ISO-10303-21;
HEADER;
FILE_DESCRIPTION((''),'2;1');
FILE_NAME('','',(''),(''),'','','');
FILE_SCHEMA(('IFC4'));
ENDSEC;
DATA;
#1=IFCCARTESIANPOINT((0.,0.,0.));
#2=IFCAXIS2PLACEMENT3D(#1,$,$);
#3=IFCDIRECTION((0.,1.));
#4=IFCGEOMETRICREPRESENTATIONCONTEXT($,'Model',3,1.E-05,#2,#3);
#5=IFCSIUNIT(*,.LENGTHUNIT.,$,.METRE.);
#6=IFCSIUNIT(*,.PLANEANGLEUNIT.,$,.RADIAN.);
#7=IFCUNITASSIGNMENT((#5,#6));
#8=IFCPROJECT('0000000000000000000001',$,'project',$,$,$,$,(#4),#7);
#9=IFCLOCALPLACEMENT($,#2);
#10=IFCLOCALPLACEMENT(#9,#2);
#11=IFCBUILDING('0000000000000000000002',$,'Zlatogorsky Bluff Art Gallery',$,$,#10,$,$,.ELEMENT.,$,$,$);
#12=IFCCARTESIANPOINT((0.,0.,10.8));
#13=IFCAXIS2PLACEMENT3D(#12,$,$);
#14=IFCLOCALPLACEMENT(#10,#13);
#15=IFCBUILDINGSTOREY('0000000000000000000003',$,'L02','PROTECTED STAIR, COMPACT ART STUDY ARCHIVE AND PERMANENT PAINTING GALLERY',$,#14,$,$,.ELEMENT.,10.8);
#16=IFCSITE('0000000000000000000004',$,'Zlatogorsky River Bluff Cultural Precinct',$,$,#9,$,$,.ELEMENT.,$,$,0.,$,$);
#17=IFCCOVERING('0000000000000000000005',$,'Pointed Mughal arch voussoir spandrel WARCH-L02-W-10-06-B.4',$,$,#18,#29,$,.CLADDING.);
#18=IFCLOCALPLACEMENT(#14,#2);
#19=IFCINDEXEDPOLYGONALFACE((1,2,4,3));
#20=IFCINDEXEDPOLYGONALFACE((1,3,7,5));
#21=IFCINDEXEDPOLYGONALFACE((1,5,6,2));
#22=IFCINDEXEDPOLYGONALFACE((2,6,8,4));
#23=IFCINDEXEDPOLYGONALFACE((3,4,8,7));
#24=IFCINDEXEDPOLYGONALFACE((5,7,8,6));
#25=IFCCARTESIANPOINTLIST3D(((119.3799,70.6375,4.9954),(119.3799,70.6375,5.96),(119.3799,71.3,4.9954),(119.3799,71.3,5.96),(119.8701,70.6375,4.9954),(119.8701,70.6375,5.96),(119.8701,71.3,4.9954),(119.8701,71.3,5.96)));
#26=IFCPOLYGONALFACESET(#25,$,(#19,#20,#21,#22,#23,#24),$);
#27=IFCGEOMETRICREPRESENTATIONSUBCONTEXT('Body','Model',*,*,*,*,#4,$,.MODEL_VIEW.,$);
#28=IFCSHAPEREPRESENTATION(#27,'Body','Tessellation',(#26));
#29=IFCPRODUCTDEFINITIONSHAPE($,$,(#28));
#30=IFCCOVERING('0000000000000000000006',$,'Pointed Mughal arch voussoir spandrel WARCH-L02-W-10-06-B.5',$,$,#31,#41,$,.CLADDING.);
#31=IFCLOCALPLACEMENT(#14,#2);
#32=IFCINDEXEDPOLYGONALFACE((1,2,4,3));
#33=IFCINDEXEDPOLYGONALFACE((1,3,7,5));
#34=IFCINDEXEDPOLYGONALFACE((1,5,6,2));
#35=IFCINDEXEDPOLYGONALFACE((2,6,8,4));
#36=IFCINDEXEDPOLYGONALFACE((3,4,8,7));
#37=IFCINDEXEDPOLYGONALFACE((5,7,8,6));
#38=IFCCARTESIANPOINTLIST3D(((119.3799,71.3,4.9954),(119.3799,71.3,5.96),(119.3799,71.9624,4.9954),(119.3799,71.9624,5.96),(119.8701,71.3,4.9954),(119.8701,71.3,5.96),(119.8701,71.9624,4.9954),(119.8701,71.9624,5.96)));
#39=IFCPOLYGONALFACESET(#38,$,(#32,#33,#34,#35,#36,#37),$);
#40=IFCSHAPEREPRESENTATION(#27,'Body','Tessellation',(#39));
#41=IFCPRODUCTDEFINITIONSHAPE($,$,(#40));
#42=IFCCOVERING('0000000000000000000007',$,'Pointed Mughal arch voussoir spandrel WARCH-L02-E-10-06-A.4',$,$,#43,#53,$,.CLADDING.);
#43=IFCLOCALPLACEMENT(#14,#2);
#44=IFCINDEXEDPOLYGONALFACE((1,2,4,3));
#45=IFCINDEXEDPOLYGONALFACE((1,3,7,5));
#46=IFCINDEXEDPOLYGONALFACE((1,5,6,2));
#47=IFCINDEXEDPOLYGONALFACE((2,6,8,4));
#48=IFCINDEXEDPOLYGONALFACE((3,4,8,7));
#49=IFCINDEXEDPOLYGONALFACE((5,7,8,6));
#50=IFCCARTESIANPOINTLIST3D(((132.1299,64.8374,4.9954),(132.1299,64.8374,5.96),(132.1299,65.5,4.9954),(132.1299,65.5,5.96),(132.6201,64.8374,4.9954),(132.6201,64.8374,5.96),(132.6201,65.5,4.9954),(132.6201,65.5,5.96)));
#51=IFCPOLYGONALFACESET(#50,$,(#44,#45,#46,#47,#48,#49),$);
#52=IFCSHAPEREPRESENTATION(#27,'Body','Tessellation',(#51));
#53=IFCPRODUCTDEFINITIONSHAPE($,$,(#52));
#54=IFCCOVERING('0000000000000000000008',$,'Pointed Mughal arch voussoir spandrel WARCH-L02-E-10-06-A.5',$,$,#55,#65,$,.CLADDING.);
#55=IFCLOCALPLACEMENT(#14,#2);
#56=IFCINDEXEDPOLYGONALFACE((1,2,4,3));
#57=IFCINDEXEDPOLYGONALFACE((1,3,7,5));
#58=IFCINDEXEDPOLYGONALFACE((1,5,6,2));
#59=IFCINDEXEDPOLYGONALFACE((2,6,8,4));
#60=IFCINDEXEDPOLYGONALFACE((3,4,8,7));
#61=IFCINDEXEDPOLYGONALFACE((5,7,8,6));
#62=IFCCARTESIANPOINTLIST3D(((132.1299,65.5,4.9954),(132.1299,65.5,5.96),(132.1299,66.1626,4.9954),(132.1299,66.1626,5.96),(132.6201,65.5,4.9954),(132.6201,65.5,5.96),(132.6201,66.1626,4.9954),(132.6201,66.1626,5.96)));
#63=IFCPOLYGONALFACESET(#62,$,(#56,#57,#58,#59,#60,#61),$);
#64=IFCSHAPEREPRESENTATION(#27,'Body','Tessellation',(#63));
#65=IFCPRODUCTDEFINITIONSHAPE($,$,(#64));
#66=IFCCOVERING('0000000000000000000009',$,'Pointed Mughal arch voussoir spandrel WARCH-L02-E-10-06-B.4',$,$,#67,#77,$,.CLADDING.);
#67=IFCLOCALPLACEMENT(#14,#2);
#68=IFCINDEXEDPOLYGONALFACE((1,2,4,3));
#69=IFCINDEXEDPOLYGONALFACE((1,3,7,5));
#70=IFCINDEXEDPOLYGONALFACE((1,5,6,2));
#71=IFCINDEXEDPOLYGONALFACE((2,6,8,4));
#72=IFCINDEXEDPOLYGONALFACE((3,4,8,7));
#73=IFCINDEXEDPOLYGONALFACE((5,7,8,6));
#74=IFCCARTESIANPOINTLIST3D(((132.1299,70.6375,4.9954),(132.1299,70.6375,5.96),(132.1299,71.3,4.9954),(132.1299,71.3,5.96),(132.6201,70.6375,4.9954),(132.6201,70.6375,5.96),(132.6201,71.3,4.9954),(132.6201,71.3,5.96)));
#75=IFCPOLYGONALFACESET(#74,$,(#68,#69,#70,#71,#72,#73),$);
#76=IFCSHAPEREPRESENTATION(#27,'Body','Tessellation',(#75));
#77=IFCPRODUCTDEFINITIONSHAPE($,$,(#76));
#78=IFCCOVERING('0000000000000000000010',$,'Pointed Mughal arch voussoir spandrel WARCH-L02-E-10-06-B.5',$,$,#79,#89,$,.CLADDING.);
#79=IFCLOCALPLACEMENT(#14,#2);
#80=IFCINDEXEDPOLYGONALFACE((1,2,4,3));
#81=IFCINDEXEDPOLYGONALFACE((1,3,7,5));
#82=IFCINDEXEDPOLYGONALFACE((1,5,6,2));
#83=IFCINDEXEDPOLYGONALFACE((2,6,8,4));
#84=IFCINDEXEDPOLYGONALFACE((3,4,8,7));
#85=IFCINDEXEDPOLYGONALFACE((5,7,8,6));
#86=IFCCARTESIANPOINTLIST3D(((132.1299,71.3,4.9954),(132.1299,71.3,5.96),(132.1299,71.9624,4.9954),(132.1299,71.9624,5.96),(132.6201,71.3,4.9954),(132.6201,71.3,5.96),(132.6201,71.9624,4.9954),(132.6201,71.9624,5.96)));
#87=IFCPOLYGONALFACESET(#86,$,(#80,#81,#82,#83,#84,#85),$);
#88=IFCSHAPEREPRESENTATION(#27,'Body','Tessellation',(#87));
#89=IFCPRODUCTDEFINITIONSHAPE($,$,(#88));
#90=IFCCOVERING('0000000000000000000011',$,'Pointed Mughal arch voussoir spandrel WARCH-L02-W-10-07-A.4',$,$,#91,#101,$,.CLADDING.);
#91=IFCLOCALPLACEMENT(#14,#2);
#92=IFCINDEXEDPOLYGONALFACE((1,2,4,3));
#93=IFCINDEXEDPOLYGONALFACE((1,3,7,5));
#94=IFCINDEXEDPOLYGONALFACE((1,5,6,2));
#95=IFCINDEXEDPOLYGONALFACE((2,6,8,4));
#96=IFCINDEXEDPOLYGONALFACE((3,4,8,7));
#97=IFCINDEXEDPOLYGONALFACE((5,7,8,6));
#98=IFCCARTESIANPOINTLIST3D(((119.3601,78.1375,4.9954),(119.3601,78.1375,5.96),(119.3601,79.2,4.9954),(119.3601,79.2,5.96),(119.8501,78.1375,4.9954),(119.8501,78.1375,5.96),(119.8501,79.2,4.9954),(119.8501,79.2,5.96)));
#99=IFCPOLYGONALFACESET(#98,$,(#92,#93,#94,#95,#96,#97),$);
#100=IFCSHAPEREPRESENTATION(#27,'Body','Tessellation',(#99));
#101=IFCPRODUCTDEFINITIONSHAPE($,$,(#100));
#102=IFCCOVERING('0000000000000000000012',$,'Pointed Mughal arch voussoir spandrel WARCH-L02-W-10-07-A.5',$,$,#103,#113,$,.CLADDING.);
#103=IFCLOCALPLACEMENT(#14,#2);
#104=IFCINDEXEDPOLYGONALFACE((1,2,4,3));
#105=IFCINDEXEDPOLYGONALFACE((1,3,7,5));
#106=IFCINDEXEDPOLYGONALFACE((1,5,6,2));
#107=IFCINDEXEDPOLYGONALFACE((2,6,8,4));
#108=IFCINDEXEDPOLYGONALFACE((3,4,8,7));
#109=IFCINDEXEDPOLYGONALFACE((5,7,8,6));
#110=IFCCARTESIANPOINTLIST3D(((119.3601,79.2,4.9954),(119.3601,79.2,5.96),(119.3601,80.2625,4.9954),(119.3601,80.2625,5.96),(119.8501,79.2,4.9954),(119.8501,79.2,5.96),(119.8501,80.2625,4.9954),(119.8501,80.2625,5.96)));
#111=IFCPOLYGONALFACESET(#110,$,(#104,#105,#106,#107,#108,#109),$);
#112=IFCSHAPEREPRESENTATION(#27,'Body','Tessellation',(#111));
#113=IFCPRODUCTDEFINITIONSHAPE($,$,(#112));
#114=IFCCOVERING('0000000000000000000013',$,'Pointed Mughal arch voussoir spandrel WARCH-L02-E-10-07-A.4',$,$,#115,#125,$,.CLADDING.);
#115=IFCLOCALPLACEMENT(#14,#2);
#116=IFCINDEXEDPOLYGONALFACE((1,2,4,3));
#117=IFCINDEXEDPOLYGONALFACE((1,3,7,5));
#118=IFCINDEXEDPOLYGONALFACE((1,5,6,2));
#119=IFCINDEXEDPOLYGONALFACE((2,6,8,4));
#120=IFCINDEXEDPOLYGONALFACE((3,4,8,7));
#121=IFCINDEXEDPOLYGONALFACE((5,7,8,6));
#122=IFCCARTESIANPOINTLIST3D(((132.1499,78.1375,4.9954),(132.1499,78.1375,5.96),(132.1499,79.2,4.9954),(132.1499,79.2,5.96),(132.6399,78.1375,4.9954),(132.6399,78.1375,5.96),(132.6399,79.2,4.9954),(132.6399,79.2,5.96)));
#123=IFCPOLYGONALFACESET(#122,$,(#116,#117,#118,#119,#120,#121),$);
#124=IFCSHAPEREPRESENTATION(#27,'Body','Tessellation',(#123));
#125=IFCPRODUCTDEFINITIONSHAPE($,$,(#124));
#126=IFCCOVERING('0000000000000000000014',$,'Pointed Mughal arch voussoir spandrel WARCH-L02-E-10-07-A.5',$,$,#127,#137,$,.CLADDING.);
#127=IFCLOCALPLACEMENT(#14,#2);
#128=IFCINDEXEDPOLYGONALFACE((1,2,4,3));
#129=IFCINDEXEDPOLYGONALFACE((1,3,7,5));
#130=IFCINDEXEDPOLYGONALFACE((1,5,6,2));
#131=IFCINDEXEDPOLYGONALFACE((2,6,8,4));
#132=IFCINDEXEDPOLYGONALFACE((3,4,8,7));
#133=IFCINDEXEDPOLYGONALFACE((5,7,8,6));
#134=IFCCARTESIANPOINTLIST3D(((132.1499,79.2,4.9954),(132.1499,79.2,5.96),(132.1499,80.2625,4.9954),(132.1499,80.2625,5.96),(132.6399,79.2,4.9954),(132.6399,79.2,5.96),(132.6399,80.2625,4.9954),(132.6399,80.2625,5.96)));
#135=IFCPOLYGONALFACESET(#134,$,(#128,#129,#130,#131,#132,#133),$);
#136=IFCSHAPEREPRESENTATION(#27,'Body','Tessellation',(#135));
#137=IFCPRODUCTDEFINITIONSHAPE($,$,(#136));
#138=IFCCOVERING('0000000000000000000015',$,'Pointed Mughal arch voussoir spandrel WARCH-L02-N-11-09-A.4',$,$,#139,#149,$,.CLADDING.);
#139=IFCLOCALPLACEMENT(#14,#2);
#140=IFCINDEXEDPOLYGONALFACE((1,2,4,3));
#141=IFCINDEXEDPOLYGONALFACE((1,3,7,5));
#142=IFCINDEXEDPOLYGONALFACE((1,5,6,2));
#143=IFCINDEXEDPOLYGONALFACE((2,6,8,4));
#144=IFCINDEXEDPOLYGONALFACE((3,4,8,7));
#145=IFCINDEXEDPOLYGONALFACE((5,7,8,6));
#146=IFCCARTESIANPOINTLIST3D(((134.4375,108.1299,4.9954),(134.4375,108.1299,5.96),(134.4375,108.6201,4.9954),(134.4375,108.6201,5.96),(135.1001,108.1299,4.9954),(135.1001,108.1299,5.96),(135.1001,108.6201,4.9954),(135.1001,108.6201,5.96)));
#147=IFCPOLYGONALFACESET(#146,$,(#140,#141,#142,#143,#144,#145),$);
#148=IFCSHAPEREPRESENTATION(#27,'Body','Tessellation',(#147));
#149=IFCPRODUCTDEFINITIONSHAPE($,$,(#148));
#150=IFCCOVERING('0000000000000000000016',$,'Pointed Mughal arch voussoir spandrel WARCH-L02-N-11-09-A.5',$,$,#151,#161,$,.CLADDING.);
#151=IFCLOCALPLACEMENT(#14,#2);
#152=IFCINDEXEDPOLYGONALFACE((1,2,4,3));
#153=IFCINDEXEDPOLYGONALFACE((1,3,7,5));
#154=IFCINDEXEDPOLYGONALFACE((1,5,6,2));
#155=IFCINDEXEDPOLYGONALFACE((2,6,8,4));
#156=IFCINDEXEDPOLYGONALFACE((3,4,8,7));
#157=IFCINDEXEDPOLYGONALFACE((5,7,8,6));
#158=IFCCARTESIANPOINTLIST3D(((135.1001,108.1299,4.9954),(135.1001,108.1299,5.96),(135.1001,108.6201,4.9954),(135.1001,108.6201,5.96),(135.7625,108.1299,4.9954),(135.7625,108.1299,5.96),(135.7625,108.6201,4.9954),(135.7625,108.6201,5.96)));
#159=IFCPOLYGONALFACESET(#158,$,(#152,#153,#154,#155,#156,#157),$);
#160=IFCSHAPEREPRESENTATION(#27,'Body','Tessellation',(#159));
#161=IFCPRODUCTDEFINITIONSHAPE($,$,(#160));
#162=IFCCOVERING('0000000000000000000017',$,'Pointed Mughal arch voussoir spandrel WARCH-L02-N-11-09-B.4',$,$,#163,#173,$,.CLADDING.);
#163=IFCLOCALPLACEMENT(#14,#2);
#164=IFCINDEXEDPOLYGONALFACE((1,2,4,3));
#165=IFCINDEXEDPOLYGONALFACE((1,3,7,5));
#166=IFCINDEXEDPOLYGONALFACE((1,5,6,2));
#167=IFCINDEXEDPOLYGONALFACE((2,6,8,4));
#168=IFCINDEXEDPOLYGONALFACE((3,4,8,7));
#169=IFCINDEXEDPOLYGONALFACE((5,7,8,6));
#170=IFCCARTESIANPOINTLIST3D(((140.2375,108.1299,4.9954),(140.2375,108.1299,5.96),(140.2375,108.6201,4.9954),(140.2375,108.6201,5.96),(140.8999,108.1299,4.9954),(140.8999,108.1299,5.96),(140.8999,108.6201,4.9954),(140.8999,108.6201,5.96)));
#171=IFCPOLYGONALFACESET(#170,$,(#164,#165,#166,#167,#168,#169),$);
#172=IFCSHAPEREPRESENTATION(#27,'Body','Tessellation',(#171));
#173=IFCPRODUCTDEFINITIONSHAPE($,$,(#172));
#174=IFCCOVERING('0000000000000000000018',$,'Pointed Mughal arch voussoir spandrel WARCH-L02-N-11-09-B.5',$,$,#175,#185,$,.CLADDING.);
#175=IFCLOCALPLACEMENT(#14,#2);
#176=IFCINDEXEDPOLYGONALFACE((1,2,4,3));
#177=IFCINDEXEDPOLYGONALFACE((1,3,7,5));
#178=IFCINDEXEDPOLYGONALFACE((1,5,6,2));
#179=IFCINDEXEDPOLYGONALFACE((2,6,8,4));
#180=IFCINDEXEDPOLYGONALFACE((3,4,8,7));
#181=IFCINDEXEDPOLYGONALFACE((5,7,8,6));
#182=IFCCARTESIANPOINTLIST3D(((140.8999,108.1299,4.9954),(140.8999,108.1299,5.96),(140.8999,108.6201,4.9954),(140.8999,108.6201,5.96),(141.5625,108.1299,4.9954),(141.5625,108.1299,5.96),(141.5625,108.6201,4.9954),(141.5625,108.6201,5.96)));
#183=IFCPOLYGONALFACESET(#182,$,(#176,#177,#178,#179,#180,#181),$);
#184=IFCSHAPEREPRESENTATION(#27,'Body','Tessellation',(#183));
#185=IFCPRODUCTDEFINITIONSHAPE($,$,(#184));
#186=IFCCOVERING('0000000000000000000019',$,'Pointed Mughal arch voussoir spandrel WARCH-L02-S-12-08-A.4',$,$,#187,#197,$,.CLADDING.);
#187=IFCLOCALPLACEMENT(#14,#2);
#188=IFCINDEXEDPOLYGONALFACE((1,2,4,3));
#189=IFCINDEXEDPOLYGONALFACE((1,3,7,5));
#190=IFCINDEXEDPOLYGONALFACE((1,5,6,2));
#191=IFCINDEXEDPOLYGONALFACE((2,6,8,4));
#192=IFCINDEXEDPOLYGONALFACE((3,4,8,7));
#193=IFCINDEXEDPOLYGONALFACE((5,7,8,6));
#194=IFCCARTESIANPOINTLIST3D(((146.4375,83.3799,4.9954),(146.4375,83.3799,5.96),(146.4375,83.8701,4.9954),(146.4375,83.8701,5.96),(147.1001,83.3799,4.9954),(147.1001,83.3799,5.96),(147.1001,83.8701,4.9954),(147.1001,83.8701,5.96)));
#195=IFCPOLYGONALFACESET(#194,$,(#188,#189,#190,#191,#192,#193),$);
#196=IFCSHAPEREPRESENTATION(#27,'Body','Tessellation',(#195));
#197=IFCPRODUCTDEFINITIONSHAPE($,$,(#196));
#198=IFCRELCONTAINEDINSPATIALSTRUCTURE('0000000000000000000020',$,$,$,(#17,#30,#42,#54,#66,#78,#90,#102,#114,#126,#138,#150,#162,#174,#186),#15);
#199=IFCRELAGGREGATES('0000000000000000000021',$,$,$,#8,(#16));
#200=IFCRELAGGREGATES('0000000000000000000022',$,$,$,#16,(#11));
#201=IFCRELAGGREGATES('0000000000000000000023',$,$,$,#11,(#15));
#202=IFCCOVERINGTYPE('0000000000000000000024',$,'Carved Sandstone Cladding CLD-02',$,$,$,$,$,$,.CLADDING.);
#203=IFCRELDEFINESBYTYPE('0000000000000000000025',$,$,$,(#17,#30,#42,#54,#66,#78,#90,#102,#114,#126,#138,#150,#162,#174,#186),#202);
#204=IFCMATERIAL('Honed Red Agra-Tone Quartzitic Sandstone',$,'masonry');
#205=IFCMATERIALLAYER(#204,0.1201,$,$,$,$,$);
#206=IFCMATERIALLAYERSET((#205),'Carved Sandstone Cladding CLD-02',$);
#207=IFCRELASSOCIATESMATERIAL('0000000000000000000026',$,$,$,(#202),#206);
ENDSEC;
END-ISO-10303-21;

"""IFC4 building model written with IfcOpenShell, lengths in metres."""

from ifc_helpers import new_model, si_unit, direction, frame, origin, place, context, subcontext, project, spatial, polyline, outline, extrude, material, layer, layer_set, type_object, element, save


model = new_model("IFC4")

# Units and contexts
model_context = context("Model", 3, precision=1e-05, world=origin(), true_north=direction((0.0, 1.0)))
body_context = subcontext(model_context, "Body", "Model", "MODEL_VIEW")
ifc_project = project(units=[si_unit("LENGTHUNIT", "METRE"), si_unit("PLANEANGLEUNIT", "RADIAN")], contexts=[model_context])

# Site, building, storey
site_placement = place(None, origin())
site = spatial("IfcSite", under=ifc_project, at=site_placement, Name="Zlatogorsky River Bluff Cultural Precinct", CompositionType="ELEMENT", RefElevation=0.0)
building_placement = place(site_placement, origin())
building = spatial("IfcBuilding", under=site, at=building_placement, Name="Zlatogorsky Bluff Art Gallery", CompositionType="ELEMENT")
storey_placement = place(building_placement, frame((0.0, 0.0, 10.8)))
storey = spatial("IfcBuildingStorey", under=building, at=storey_placement, Name="L02", Description="PROTECTED STAIR, COMPACT ART STUDY ARCHIVE AND PERMANENT PAINTING GALLERY", CompositionType="ELEMENT", Elevation=10.8)

# Coverings
ifc_material = material(Name="Honed Red Agra-Tone Quartzitic Sandstone", Category="masonry")
ifc_layer = layer(ifc_material, 0.1201)
ifc_layer_set = layer_set([ifc_layer], Name="Carved Sandstone Cladding CLD-02")
covering_type = type_object("IfcCoveringType", Name="Carved Sandstone Cladding CLD-02", PredefinedType="CLADDING", material=ifc_layer_set)
covering_1_placement = place(storey_placement, frame((0.0, 0.0, 4.9954)))
element("IfcCovering", 1, at=covering_1_placement, inside=storey, type_object=covering_type, Name="Pointed Mughal arch voussoir spandrel WARCH-L02-W-10-06-B.4", PredefinedType="CLADDING", context=body_context, shape_type="SweptSolid", body=[
    extrude(outline(polyline([(119.3799, 70.6375), (119.3799, 71.3), (119.8701, 71.3), (119.8701, 70.6375), (119.3799, 70.6375)])), origin(), (0.0, 0.0, 1.0), 0.9646),
])
covering_2_placement = place(storey_placement, frame((0.0, 0.0, 4.9954)))
element("IfcCovering", 2, at=covering_2_placement, inside=storey, type_object=covering_type, Name="Pointed Mughal arch voussoir spandrel WARCH-L02-W-10-06-B.5", PredefinedType="CLADDING", context=body_context, shape_type="SweptSolid", body=[
    extrude(outline(polyline([(119.3799, 71.3), (119.3799, 71.9624), (119.8701, 71.9624), (119.8701, 71.3), (119.3799, 71.3)])), origin(), (0.0, 0.0, 1.0), 0.9646),
])
covering_3_placement = place(storey_placement, frame((0.0, 0.0, 4.9954)))
element("IfcCovering", 3, at=covering_3_placement, inside=storey, type_object=covering_type, Name="Pointed Mughal arch voussoir spandrel WARCH-L02-E-10-06-A.4", PredefinedType="CLADDING", context=body_context, shape_type="SweptSolid", body=[
    extrude(outline(polyline([(132.1299, 64.8374), (132.1299, 65.5), (132.6201, 65.5), (132.6201, 64.8374), (132.1299, 64.8374)])), origin(), (0.0, 0.0, 1.0), 0.9646),
])
covering_4_placement = place(storey_placement, frame((0.0, 0.0, 4.9954)))
element("IfcCovering", 4, at=covering_4_placement, inside=storey, type_object=covering_type, Name="Pointed Mughal arch voussoir spandrel WARCH-L02-E-10-06-A.5", PredefinedType="CLADDING", context=body_context, shape_type="SweptSolid", body=[
    extrude(outline(polyline([(132.1299, 65.5), (132.1299, 66.1626), (132.6201, 66.1626), (132.6201, 65.5), (132.1299, 65.5)])), origin(), (0.0, 0.0, 1.0), 0.9646),
])
covering_5_placement = place(storey_placement, frame((0.0, 0.0, 4.9954)))
element("IfcCovering", 5, at=covering_5_placement, inside=storey, type_object=covering_type, Name="Pointed Mughal arch voussoir spandrel WARCH-L02-E-10-06-B.4", PredefinedType="CLADDING", context=body_context, shape_type="SweptSolid", body=[
    extrude(outline(polyline([(132.1299, 70.6375), (132.1299, 71.3), (132.6201, 71.3), (132.6201, 70.6375), (132.1299, 70.6375)])), origin(), (0.0, 0.0, 1.0), 0.9646),
])
covering_6_placement = place(storey_placement, frame((0.0, 0.0, 4.9954)))
element("IfcCovering", 6, at=covering_6_placement, inside=storey, type_object=covering_type, Name="Pointed Mughal arch voussoir spandrel WARCH-L02-E-10-06-B.5", PredefinedType="CLADDING", context=body_context, shape_type="SweptSolid", body=[
    extrude(outline(polyline([(132.1299, 71.3), (132.1299, 71.9624), (132.6201, 71.9624), (132.6201, 71.3), (132.1299, 71.3)])), origin(), (0.0, 0.0, 1.0), 0.9646),
])
covering_7_placement = place(storey_placement, frame((0.0, 0.0, 4.9954)))
element("IfcCovering", 7, at=covering_7_placement, inside=storey, type_object=covering_type, Name="Pointed Mughal arch voussoir spandrel WARCH-L02-W-10-07-A.4", PredefinedType="CLADDING", context=body_context, shape_type="SweptSolid", body=[
    extrude(outline(polyline([(119.3601, 78.1375), (119.3601, 79.2), (119.8501, 79.2), (119.8501, 78.1375), (119.3601, 78.1375)])), origin(), (0.0, 0.0, 1.0), 0.9646),
])
covering_8_placement = place(storey_placement, frame((0.0, 0.0, 4.9954)))
element("IfcCovering", 8, at=covering_8_placement, inside=storey, type_object=covering_type, Name="Pointed Mughal arch voussoir spandrel WARCH-L02-W-10-07-A.5", PredefinedType="CLADDING", context=body_context, shape_type="SweptSolid", body=[
    extrude(outline(polyline([(119.3601, 79.2), (119.3601, 80.2625), (119.8501, 80.2625), (119.8501, 79.2), (119.3601, 79.2)])), origin(), (0.0, 0.0, 1.0), 0.9646),
])
covering_9_placement = place(storey_placement, frame((0.0, 0.0, 4.9954)))
element("IfcCovering", 9, at=covering_9_placement, inside=storey, type_object=covering_type, Name="Pointed Mughal arch voussoir spandrel WARCH-L02-E-10-07-A.4", PredefinedType="CLADDING", context=body_context, shape_type="SweptSolid", body=[
    extrude(outline(polyline([(132.1499, 78.1375), (132.1499, 79.2), (132.6399, 79.2), (132.6399, 78.1375), (132.1499, 78.1375)])), origin(), (0.0, 0.0, 1.0), 0.9646),
])
covering_10_placement = place(storey_placement, frame((0.0, 0.0, 4.9954)))
element("IfcCovering", 10, at=covering_10_placement, inside=storey, type_object=covering_type, Name="Pointed Mughal arch voussoir spandrel WARCH-L02-E-10-07-A.5", PredefinedType="CLADDING", context=body_context, shape_type="SweptSolid", body=[
    extrude(outline(polyline([(132.1499, 79.2), (132.1499, 80.2625), (132.6399, 80.2625), (132.6399, 79.2), (132.1499, 79.2)])), origin(), (0.0, 0.0, 1.0), 0.9646),
])
covering_11_placement = place(storey_placement, frame((0.0, 0.0, 4.9954)))
element("IfcCovering", 11, at=covering_11_placement, inside=storey, type_object=covering_type, Name="Pointed Mughal arch voussoir spandrel WARCH-L02-N-11-09-A.4", PredefinedType="CLADDING", context=body_context, shape_type="SweptSolid", body=[
    extrude(outline(polyline([(134.4375, 108.1299), (135.1001, 108.1299), (135.1001, 108.6201), (134.4375, 108.6201), (134.4375, 108.1299)])), origin(), (0.0, 0.0, 1.0), 0.9646),
])
covering_12_placement = place(storey_placement, frame((0.0, 0.0, 4.9954)))
element("IfcCovering", 12, at=covering_12_placement, inside=storey, type_object=covering_type, Name="Pointed Mughal arch voussoir spandrel WARCH-L02-N-11-09-A.5", PredefinedType="CLADDING", context=body_context, shape_type="SweptSolid", body=[
    extrude(outline(polyline([(135.1001, 108.1299), (135.7625, 108.1299), (135.7625, 108.6201), (135.1001, 108.6201), (135.1001, 108.1299)])), origin(), (0.0, 0.0, 1.0), 0.9646),
])
covering_13_placement = place(storey_placement, frame((0.0, 0.0, 4.9954)))
element("IfcCovering", 13, at=covering_13_placement, inside=storey, type_object=covering_type, Name="Pointed Mughal arch voussoir spandrel WARCH-L02-N-11-09-B.4", PredefinedType="CLADDING", context=body_context, shape_type="SweptSolid", body=[
    extrude(outline(polyline([(140.2375, 108.1299), (140.8999, 108.1299), (140.8999, 108.6201), (140.2375, 108.6201), (140.2375, 108.1299)])), origin(), (0.0, 0.0, 1.0), 0.9646),
])
covering_14_placement = place(storey_placement, frame((0.0, 0.0, 4.9954)))
element("IfcCovering", 14, at=covering_14_placement, inside=storey, type_object=covering_type, Name="Pointed Mughal arch voussoir spandrel WARCH-L02-N-11-09-B.5", PredefinedType="CLADDING", context=body_context, shape_type="SweptSolid", body=[
    extrude(outline(polyline([(140.8999, 108.1299), (141.5625, 108.1299), (141.5625, 108.6201), (140.8999, 108.6201), (140.8999, 108.1299)])), origin(), (0.0, 0.0, 1.0), 0.9646),
])
covering_15_placement = place(storey_placement, frame((0.0, 0.0, 4.9954)))
element("IfcCovering", 15, at=covering_15_placement, inside=storey, type_object=covering_type, Name="Pointed Mughal arch voussoir spandrel WARCH-L02-S-12-08-A.4", PredefinedType="CLADDING", context=body_context, shape_type="SweptSolid", body=[
    extrude(outline(polyline([(146.4375, 83.3799), (147.1001, 83.3799), (147.1001, 83.8701), (146.4375, 83.8701), (146.4375, 83.3799)])), origin(), (0.0, 0.0, 1.0), 0.9646),
])

save(model, "model.ifc")
